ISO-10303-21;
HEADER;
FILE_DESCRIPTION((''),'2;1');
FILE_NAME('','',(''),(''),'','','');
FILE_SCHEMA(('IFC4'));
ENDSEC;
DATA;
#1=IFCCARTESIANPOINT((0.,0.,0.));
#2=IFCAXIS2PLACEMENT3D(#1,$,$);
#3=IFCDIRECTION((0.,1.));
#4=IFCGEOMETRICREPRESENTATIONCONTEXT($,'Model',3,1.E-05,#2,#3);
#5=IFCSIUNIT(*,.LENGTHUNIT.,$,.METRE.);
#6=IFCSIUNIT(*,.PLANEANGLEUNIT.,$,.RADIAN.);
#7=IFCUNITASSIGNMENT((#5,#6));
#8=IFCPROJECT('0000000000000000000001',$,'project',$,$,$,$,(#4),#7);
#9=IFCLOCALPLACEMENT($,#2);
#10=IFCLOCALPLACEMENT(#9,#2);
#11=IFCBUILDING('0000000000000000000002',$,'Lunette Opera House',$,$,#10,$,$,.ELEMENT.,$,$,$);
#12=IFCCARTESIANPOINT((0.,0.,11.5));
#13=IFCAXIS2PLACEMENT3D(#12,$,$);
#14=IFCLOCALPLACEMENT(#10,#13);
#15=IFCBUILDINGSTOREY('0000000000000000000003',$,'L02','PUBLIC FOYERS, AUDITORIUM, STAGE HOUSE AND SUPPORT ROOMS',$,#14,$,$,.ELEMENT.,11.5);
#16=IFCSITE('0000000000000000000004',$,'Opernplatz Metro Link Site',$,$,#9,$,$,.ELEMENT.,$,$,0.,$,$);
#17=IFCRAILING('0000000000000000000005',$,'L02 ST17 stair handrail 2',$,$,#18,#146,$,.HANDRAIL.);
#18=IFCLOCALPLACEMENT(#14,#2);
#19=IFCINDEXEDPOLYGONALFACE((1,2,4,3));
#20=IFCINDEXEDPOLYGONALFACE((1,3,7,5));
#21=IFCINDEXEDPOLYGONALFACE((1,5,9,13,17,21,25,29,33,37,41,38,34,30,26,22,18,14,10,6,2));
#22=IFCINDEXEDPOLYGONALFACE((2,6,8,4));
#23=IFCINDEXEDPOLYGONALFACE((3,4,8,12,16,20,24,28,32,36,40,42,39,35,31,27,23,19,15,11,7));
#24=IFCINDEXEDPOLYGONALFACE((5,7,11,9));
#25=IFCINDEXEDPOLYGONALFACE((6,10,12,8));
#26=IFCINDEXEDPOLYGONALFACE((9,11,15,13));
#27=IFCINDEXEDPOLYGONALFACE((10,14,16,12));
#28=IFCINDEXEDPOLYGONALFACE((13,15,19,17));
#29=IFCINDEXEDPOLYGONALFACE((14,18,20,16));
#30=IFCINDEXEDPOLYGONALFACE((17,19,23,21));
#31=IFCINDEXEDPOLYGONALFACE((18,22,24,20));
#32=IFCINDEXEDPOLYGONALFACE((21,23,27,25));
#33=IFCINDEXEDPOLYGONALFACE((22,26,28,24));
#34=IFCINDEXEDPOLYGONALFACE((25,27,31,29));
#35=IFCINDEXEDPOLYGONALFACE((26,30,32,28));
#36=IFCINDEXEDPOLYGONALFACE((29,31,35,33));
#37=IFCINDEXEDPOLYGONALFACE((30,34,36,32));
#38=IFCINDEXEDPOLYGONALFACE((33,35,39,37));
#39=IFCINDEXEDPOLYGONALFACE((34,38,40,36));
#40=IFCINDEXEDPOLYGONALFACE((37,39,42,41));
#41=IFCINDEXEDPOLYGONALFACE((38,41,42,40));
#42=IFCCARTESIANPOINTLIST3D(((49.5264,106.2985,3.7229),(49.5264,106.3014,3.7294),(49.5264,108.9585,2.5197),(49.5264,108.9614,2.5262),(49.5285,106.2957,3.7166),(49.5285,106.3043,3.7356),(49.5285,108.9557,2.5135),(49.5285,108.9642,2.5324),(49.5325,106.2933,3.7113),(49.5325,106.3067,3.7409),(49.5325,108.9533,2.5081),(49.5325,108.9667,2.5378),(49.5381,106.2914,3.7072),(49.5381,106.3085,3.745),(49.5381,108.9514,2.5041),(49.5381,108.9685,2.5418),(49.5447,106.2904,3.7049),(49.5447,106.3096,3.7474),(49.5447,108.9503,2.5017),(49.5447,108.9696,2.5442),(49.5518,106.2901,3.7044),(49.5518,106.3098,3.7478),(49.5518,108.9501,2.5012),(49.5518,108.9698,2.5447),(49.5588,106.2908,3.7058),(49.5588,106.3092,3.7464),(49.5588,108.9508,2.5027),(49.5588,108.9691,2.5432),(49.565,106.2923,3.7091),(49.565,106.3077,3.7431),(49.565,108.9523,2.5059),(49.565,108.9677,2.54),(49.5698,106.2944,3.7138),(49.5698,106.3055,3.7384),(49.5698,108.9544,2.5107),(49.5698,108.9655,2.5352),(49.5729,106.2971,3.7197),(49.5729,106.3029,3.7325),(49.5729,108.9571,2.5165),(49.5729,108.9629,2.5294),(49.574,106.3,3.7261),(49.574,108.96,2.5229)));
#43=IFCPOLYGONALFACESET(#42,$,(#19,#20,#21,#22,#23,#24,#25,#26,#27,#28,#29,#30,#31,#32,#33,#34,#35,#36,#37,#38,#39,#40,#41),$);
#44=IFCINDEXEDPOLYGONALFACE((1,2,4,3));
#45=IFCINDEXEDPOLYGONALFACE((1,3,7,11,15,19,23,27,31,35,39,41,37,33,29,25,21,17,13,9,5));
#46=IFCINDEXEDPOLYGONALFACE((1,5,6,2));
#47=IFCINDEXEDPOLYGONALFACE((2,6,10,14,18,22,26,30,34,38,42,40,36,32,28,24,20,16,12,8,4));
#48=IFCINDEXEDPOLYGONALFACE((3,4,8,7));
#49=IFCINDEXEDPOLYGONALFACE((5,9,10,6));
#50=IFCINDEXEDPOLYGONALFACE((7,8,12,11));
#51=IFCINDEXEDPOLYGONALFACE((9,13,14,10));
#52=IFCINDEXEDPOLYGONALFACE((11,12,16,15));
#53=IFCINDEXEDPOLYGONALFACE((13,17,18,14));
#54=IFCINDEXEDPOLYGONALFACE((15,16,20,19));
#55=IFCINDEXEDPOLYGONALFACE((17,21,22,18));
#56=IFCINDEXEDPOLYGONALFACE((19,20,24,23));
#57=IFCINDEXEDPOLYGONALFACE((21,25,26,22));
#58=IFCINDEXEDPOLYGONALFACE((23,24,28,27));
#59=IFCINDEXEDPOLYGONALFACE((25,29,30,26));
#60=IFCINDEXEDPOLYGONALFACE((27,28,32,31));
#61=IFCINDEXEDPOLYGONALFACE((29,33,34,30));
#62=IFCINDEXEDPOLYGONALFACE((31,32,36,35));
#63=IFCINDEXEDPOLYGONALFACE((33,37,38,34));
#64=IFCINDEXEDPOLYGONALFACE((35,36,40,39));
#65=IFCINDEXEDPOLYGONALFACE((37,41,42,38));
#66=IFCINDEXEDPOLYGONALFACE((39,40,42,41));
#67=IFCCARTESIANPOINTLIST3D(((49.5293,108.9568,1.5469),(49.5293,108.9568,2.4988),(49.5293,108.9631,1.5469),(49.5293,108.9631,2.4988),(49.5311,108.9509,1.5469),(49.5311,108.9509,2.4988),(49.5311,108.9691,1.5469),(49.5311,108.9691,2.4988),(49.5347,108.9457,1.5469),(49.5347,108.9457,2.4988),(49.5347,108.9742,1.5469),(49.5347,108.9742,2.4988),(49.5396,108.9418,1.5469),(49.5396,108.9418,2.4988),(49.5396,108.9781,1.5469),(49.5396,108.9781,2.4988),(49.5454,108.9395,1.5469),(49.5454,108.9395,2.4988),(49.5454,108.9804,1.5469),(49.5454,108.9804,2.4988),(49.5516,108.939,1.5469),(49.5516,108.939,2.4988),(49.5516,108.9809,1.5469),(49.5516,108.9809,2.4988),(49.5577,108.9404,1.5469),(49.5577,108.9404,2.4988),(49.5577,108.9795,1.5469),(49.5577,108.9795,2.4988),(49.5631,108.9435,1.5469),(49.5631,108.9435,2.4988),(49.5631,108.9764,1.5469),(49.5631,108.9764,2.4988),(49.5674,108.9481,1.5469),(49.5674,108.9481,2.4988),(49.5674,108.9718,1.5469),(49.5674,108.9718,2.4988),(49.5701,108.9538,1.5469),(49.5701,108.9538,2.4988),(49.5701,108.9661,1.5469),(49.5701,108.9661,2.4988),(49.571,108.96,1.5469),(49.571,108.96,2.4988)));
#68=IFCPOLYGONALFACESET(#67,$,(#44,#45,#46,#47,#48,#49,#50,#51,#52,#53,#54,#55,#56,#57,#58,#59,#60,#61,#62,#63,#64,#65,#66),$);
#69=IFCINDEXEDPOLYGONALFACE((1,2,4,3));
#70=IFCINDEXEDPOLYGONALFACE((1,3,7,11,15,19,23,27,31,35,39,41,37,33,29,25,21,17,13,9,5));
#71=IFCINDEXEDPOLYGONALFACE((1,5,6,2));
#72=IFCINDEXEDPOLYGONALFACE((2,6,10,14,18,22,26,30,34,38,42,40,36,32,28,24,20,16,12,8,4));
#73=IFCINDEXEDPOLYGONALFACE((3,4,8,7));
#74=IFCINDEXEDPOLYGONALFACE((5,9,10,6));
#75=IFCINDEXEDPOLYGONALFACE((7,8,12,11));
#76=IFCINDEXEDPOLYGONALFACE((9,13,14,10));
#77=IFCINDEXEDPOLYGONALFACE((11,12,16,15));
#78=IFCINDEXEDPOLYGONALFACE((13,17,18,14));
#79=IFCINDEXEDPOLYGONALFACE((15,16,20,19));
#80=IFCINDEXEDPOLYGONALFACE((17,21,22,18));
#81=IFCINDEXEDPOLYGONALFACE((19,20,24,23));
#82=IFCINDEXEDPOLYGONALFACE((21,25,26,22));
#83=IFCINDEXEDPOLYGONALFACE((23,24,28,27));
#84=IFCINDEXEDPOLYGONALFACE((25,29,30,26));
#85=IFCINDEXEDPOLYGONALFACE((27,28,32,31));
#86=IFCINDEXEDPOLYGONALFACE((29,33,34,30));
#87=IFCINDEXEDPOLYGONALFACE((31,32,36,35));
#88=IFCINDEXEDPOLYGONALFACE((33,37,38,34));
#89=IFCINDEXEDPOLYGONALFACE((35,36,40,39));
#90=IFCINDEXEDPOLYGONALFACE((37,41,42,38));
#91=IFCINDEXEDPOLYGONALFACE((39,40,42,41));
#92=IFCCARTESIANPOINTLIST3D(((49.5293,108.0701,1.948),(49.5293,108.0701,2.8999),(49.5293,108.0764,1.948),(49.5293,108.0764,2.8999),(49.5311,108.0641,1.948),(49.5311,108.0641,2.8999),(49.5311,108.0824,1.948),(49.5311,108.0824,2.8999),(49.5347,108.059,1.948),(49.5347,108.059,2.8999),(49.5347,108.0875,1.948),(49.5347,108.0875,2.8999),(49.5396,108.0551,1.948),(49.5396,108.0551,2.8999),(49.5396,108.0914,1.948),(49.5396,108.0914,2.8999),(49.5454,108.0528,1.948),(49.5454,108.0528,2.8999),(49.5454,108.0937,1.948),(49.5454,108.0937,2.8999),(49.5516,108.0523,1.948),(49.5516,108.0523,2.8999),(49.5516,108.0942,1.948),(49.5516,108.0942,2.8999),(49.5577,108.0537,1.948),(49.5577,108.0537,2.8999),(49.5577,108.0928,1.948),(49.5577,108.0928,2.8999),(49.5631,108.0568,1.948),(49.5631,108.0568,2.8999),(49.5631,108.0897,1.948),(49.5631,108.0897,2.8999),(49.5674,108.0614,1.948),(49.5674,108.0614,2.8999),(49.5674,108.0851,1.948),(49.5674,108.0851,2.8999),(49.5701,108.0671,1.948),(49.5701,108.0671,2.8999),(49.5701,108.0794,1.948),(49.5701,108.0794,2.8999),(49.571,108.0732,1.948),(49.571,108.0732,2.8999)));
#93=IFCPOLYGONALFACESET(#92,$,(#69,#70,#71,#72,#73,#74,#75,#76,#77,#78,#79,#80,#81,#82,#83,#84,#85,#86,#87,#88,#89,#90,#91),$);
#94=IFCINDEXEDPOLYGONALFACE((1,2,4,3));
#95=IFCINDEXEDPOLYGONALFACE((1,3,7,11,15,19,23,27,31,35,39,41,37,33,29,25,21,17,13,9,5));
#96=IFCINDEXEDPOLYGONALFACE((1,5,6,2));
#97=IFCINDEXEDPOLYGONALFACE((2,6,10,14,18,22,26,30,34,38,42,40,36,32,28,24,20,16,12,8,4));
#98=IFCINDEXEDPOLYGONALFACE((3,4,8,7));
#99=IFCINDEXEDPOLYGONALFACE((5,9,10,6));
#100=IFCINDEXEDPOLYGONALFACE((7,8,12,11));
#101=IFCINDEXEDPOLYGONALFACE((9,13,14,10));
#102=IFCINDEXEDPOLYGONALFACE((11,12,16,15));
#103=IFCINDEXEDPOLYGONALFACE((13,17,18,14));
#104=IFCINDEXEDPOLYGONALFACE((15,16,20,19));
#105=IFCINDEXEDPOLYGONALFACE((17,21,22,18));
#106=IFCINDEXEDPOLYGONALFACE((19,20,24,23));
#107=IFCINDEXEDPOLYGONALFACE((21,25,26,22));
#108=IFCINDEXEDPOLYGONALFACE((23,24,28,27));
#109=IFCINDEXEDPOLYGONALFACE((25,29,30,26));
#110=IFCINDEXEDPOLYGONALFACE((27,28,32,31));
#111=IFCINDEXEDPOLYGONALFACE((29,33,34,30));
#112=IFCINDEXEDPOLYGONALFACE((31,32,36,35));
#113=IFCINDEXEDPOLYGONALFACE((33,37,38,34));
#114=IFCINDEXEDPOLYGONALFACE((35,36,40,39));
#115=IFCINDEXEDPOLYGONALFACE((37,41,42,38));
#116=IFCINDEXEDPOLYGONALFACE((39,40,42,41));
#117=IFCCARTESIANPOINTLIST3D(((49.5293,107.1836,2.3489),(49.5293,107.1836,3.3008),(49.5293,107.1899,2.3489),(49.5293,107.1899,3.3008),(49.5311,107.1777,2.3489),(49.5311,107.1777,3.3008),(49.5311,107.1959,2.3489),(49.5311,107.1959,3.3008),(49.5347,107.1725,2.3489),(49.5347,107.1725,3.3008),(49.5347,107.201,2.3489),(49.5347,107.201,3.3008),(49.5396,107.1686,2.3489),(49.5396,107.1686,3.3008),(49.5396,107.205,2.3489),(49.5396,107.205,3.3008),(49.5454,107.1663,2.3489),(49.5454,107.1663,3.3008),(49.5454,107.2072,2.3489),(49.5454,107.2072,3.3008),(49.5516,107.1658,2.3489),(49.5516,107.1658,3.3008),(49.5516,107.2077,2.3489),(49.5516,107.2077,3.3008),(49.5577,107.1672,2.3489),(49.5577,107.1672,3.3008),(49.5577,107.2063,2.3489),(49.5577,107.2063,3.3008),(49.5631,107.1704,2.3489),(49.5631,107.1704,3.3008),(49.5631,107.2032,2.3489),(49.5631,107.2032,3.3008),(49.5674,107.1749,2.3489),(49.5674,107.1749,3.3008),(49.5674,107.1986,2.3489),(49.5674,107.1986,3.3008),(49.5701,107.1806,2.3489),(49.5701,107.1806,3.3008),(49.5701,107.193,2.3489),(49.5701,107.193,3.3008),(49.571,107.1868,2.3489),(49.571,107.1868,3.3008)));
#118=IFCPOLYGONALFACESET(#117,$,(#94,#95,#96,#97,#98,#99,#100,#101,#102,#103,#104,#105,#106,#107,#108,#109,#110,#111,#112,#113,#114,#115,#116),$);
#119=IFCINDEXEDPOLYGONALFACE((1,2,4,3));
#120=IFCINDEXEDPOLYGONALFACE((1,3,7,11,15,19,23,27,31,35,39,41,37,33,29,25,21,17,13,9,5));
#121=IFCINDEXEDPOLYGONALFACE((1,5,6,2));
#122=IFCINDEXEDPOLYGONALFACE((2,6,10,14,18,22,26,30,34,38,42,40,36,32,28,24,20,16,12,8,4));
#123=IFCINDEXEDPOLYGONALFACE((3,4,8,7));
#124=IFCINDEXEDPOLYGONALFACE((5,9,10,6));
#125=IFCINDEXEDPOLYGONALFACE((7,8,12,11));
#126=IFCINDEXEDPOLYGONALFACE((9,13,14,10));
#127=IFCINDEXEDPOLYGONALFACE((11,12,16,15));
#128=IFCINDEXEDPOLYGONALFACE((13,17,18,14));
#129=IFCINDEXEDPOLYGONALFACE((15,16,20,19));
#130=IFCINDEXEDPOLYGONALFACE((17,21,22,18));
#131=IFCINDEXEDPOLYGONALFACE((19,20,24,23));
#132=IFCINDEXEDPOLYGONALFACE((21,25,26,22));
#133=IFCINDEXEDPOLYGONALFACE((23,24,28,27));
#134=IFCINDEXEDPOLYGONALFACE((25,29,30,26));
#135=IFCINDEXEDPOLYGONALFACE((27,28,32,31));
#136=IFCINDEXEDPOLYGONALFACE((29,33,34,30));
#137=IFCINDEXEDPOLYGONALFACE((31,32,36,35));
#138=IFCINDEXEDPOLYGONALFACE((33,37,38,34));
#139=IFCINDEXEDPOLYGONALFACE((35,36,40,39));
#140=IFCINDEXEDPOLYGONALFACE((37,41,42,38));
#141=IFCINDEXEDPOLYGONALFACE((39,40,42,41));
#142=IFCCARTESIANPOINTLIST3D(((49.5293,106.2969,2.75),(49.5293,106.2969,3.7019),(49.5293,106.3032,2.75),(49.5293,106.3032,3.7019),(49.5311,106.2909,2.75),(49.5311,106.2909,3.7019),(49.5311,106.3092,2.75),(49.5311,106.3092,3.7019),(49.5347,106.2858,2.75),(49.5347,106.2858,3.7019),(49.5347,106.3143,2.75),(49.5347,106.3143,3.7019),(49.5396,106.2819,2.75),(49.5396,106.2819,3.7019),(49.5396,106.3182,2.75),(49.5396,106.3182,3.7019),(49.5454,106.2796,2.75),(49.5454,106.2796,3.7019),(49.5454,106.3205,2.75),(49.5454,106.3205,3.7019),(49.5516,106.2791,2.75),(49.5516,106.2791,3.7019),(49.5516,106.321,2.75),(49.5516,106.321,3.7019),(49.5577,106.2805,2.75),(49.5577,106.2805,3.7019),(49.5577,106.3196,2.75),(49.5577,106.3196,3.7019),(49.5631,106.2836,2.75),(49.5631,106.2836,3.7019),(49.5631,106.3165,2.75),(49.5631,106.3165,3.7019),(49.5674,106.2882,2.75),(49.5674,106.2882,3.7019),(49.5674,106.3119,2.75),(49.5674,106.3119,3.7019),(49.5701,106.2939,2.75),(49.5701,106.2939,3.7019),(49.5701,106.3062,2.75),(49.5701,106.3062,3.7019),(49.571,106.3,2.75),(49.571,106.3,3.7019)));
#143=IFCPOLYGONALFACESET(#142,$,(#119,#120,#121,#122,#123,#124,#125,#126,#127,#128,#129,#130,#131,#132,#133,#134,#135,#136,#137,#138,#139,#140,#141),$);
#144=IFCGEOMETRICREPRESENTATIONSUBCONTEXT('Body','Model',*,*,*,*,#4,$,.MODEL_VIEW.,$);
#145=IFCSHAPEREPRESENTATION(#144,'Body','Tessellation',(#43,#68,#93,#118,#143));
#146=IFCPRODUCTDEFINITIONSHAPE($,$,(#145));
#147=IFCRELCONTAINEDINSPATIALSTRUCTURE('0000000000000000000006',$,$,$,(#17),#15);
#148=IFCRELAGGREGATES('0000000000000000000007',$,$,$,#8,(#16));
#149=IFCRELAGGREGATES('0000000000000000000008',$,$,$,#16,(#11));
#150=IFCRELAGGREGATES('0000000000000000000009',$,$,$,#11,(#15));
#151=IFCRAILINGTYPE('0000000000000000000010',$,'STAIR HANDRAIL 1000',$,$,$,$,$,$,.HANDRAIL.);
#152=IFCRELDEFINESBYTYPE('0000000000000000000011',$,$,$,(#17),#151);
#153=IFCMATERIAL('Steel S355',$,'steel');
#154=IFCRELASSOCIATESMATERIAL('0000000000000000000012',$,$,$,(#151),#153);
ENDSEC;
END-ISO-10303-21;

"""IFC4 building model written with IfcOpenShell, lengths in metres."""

from ifc_helpers import new_model, si_unit, direction, frame, origin, origin_2d, place, context, subcontext, project, spatial, circle, extrude, material, type_object, element, save


model = new_model("IFC4")

# Units and contexts
model_context = context("Model", 3, precision=1e-05, world=origin(), true_north=direction((0.0, 1.0)))
body_context = subcontext(model_context, "Body", "Model", "MODEL_VIEW")
ifc_project = project(units=[si_unit("LENGTHUNIT", "METRE"), si_unit("PLANEANGLEUNIT", "RADIAN")], contexts=[model_context])

# Site, building, storey
site_placement = place(None, origin())
site = spatial("IfcSite", under=ifc_project, at=site_placement, Name="Opernplatz Metro Link Site", CompositionType="ELEMENT", RefElevation=0.0)
building_placement = place(site_placement, origin())
building = spatial("IfcBuilding", under=site, at=building_placement, Name="Lunette Opera House", CompositionType="ELEMENT")
storey_placement = place(building_placement, frame((0.0, 0.0, 11.5)))
storey = spatial("IfcBuildingStorey", under=building, at=storey_placement, Name="L02", Description="PUBLIC FOYERS, AUDITORIUM, STAGE HOUSE AND SUPPORT ROOMS", CompositionType="ELEMENT", Elevation=11.5)

# Railing
ifc_material_1 = material(Name="Steel S355", Category="steel")
railing_type_1 = type_object("IfcRailingType", Name="STAIR HANDRAIL 1000", PredefinedType="HANDRAIL", material=ifc_material_1)
railing_1_placement = place(storey_placement, frame((49.55, 108.96, 1.5469)))
element("IfcRailing", 1, at=railing_1_placement, inside=storey, type_object=railing_type_1, Name="L02 ST17 stair handrail 2", PredefinedType="HANDRAIL", context=body_context, shape_type="SweptSolid", body=[
    extrude(circle(Radius=0.0239, at=origin_2d()), frame((0.0, 0.0, 0.9761), z_axis=(0.0, -0.91113, 0.41212), x_axis=(1.0, 0.0, 0.0)), (0.0, 0.0, 1.0), 2.9194),
    extrude(circle(Radius=0.021, at=origin_2d()), origin(), (0.0, 0.0, 1.0), 0.9519),
    extrude(circle(Radius=0.021, at=origin_2d()), frame((0.0, -0.8867, 0.4011)), (0.0, 0.0, 1.0), 0.9519),
    extrude(circle(Radius=0.021, at=origin_2d()), frame((0.0, -1.7732, 0.802)), (0.0, 0.0, 1.0), 0.9519),
    extrude(circle(Radius=0.021, at=origin_2d()), frame((0.0, -2.6599, 1.2031)), (0.0, 0.0, 1.0), 0.9519),
])

save(model, "model.ifc")
